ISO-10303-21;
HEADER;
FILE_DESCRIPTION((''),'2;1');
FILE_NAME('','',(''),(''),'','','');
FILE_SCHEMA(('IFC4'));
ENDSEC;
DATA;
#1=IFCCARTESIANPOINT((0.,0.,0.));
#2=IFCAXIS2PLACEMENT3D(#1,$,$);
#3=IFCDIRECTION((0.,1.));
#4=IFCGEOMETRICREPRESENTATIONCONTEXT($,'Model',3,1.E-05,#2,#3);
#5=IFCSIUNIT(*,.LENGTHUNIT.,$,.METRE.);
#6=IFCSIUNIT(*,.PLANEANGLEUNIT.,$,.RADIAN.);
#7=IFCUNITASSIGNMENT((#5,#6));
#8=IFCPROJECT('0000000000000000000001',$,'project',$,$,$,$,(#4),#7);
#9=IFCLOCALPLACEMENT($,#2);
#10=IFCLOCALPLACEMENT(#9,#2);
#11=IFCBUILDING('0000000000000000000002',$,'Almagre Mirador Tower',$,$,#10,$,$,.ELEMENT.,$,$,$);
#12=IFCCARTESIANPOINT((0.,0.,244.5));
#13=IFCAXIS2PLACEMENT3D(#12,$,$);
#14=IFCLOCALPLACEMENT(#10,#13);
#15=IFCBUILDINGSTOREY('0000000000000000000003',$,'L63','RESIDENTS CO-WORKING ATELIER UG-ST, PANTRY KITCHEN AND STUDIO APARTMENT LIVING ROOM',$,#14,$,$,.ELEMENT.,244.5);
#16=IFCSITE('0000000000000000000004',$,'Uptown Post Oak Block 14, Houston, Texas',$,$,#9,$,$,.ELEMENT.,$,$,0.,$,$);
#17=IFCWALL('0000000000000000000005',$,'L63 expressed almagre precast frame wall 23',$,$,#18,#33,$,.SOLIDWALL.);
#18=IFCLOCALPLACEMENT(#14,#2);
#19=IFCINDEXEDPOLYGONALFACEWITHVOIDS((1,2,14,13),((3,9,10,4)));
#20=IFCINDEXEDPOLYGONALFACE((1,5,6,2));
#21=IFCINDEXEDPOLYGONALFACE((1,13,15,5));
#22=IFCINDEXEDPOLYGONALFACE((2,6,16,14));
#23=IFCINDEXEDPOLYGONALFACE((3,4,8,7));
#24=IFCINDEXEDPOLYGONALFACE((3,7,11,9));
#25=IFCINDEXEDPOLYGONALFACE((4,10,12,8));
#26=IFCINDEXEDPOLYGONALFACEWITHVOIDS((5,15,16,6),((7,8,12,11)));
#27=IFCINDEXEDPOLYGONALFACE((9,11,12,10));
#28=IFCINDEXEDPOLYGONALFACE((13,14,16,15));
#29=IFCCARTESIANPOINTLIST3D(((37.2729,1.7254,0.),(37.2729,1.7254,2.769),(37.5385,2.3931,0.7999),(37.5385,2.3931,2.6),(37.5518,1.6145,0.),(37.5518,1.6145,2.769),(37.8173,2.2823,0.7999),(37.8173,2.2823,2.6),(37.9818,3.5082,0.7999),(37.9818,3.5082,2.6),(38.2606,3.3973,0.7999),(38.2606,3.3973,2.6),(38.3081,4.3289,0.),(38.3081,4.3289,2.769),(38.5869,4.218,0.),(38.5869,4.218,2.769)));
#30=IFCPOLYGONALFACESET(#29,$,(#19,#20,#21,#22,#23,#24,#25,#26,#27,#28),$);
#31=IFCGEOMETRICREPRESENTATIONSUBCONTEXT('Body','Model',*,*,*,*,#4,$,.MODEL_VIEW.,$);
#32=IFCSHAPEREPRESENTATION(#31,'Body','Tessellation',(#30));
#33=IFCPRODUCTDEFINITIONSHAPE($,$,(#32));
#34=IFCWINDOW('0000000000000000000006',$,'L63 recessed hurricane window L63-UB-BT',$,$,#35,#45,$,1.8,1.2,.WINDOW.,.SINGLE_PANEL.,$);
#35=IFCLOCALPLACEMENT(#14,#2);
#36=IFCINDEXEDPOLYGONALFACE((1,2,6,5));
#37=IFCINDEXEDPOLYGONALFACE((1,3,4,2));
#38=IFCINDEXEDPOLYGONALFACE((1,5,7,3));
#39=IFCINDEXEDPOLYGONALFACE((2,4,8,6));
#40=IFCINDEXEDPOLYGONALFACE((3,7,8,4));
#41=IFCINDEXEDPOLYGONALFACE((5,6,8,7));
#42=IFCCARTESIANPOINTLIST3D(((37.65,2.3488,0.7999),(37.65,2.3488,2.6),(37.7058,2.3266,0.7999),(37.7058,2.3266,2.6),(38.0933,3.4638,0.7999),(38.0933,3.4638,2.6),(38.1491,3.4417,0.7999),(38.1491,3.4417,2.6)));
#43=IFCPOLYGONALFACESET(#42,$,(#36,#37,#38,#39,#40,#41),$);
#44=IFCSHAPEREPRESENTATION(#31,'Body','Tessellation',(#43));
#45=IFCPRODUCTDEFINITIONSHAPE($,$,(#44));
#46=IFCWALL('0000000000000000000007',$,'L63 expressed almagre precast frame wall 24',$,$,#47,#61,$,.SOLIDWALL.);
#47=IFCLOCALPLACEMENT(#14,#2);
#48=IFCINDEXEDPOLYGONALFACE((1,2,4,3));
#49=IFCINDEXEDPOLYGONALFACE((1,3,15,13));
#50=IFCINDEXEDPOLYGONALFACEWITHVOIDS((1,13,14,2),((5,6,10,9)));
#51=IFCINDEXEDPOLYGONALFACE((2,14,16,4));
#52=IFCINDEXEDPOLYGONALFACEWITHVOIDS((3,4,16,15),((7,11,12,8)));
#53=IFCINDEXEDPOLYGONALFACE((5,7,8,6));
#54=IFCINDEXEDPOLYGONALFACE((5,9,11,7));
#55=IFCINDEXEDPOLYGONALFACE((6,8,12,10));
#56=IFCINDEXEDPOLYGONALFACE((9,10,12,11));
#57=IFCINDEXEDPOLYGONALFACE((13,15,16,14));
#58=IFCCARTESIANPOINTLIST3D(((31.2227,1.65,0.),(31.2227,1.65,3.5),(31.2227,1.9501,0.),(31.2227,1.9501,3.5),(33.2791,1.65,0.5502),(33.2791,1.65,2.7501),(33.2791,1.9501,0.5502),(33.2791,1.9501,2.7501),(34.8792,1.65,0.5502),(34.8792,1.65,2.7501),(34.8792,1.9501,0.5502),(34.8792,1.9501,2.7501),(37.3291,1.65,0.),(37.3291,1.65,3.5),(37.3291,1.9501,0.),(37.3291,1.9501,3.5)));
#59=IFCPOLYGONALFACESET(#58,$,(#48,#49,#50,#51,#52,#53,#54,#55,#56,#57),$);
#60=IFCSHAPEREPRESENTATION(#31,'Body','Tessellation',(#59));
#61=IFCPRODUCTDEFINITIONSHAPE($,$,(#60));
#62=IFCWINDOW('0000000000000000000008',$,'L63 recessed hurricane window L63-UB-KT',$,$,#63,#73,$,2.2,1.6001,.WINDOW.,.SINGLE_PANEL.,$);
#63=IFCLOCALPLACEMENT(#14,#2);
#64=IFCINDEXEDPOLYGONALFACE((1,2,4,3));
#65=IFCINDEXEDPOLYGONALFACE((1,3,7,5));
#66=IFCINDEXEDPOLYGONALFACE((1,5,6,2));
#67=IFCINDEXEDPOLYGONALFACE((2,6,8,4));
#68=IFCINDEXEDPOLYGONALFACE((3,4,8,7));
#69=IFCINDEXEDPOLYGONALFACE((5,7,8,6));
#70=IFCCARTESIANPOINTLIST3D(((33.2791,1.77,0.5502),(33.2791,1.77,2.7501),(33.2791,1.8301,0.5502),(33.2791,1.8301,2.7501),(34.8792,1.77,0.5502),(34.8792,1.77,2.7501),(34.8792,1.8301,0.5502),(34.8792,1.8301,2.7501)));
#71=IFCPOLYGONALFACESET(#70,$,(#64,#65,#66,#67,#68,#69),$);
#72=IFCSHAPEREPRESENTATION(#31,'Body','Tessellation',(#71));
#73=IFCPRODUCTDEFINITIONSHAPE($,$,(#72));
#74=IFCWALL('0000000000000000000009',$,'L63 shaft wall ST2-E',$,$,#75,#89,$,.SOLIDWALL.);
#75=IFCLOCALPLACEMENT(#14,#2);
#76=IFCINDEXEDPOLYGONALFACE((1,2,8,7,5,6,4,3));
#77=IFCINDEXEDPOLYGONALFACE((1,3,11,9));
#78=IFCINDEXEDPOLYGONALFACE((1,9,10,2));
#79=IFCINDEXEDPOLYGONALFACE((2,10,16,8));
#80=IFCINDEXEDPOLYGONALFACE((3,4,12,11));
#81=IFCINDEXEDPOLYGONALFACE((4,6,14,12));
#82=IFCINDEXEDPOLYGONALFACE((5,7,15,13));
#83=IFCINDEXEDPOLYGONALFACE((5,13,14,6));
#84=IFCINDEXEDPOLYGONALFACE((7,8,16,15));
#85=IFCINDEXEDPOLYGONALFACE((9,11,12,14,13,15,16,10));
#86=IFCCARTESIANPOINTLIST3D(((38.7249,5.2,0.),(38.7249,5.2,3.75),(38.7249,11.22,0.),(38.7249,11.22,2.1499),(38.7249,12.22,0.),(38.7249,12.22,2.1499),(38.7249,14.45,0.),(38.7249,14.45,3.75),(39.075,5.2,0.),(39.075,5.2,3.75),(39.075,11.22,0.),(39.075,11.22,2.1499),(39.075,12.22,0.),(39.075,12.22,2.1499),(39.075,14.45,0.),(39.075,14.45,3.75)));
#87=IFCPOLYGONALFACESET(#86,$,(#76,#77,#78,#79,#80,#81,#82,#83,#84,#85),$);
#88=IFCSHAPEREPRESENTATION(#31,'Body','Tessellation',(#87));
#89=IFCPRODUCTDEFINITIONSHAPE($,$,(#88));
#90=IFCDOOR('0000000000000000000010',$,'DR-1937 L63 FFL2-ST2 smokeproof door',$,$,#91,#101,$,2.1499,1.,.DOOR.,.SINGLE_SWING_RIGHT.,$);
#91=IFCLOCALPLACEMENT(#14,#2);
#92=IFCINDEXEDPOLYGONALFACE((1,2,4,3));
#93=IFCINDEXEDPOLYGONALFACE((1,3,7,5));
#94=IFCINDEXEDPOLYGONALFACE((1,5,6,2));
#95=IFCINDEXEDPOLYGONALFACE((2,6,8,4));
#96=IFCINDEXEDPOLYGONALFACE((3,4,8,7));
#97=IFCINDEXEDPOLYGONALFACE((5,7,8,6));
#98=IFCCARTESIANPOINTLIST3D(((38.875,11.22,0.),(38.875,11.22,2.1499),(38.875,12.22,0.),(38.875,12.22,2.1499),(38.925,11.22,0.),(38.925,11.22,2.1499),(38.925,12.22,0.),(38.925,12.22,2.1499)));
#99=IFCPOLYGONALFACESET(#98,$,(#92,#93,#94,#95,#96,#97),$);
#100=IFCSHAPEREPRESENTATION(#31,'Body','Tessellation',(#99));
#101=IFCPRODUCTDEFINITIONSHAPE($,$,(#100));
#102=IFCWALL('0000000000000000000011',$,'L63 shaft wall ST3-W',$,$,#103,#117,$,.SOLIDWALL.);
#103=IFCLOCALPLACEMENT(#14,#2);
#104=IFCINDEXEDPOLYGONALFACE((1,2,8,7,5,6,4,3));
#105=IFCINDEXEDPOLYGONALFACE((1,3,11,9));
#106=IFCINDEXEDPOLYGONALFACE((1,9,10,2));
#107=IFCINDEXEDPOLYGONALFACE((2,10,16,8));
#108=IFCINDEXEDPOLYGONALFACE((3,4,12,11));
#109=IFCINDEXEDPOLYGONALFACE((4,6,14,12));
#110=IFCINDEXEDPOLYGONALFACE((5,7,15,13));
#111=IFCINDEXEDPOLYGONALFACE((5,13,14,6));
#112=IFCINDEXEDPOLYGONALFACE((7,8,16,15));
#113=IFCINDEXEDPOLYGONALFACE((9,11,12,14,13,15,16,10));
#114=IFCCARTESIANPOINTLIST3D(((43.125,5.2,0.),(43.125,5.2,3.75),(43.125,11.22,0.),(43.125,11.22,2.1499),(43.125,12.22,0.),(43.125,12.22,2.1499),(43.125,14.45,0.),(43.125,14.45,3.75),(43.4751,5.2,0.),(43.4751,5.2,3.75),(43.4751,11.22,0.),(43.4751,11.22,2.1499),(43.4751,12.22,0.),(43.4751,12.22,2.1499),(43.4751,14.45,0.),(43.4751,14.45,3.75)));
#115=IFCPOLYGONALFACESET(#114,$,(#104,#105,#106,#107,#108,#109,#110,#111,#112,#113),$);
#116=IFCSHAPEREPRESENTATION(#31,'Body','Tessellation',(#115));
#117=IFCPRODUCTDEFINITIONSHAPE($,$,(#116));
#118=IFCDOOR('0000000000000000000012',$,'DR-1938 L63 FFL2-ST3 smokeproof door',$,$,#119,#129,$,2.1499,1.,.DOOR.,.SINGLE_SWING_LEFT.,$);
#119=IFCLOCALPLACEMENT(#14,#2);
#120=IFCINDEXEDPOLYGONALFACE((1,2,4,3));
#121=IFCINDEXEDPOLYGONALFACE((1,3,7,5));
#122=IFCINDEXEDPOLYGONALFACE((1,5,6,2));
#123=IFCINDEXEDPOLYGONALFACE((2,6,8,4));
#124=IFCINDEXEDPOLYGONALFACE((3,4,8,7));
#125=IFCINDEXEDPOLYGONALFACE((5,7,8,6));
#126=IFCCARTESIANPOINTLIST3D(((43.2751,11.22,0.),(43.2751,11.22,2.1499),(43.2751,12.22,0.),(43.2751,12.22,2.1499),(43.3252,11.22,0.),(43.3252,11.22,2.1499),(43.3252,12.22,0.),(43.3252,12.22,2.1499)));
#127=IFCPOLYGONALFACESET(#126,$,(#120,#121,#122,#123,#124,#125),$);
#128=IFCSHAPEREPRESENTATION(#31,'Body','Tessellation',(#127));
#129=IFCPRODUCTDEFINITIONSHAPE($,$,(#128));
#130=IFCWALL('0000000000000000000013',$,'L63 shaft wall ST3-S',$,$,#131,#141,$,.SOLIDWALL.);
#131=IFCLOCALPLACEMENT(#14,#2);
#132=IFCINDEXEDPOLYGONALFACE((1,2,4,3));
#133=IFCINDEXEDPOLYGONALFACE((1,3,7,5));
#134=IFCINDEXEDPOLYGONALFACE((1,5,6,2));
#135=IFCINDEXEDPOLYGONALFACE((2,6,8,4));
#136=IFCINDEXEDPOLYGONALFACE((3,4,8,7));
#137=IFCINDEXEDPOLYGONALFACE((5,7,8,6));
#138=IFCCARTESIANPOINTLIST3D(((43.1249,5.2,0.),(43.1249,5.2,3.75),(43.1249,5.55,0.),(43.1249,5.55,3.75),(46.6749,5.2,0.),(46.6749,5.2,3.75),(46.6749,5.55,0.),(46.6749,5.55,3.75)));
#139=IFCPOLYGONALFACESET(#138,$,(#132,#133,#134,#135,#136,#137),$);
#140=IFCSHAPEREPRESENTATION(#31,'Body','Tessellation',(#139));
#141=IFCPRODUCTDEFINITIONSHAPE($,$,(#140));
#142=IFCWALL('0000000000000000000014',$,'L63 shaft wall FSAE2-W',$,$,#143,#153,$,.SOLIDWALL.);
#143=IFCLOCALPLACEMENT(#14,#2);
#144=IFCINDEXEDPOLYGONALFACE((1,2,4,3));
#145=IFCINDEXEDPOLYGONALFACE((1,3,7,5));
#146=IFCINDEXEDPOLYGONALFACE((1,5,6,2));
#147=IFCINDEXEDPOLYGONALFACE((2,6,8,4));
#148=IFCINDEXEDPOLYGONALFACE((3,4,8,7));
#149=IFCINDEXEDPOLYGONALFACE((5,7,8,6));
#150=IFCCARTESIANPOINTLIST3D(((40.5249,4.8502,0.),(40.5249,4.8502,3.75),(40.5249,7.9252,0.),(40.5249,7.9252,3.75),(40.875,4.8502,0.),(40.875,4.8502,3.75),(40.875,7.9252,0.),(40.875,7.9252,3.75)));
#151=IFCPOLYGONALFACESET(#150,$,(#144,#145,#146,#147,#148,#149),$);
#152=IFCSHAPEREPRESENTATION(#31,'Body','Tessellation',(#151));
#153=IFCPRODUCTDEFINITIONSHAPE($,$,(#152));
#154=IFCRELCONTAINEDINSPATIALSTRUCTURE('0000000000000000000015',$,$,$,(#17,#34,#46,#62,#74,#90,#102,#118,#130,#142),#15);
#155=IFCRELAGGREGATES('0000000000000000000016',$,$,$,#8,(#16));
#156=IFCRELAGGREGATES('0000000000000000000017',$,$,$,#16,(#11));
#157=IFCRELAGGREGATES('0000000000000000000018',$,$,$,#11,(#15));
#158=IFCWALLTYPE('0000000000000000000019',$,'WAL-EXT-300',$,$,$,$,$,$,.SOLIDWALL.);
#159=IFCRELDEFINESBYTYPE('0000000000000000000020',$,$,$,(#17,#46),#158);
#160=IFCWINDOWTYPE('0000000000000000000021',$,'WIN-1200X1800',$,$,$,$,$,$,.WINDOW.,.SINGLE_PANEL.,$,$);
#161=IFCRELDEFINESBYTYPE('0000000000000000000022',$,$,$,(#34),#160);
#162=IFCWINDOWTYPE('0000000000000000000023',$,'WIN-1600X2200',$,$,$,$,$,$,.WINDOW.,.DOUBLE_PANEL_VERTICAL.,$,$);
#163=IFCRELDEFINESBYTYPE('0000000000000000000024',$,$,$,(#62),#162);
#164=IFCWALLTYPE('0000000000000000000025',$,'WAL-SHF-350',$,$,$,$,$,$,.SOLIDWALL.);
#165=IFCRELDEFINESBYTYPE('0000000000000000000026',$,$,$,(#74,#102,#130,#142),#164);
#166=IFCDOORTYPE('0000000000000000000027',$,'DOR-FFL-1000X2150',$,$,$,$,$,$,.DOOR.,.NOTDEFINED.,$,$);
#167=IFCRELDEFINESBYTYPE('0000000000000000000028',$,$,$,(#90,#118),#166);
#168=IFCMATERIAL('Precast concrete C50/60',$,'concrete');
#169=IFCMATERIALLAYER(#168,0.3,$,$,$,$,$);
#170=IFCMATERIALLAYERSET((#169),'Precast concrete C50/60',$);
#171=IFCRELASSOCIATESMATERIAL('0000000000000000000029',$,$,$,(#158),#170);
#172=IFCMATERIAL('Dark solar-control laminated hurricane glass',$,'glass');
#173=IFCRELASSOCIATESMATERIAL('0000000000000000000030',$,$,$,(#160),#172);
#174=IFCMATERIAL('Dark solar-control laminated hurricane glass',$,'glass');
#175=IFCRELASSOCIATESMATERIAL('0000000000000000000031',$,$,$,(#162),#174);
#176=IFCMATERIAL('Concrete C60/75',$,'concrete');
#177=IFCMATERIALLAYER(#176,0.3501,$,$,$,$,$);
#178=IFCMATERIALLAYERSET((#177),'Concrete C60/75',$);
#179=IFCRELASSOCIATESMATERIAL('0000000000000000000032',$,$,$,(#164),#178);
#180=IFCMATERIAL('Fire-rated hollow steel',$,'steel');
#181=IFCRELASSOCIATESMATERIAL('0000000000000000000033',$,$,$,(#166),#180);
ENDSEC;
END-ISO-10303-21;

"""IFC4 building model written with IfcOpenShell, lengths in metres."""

from ifc_helpers import new_model, si_unit, direction, frame, frame_2d, origin, place, context, subcontext, project, spatial, rectangle, extrude, material, layer, layer_set, type_object, element, fill, save


model = new_model("IFC4")

# Units and contexts
model_context = context("Model", 3, precision=1e-05, world=origin(), true_north=direction((0.0, 1.0)))
body_context = subcontext(model_context, "Body", "Model", "MODEL_VIEW")
ifc_project = project(units=[si_unit("LENGTHUNIT", "METRE"), si_unit("PLANEANGLEUNIT", "RADIAN")], contexts=[model_context])

# Site, building, storey
site_placement = place(None, origin())
site = spatial("IfcSite", under=ifc_project, at=site_placement, Name="Uptown Post Oak Block 14, Houston, Texas", CompositionType="ELEMENT", RefElevation=0.0)
building_placement = place(site_placement, origin())
building = spatial("IfcBuilding", under=site, at=building_placement, Name="Almagre Mirador Tower", CompositionType="ELEMENT")
storey_placement = place(building_placement, frame((0.0, 0.0, 244.5)))
storey = spatial("IfcBuildingStorey", under=building, at=storey_placement, Name="L63", Description="RESIDENTS CO-WORKING ATELIER UG-ST, PANTRY KITCHEN AND STUDIO APARTMENT LIVING ROOM", CompositionType="ELEMENT", Elevation=244.5)

# Walls, openings, windows
ifc_material_1 = material(Name="Precast concrete C50/60", Category="concrete")
ifc_layer_1 = layer(ifc_material_1, 0.3)
ifc_layer_set_1 = layer_set([ifc_layer_1], Name="Precast concrete C50/60")
wall_type_1 = type_object("IfcWallType", Name="WAL-EXT-300", PredefinedType="SOLIDWALL", material=ifc_layer_set_1)
ifc_material_2 = material(Name="Dark solar-control laminated hurricane glass", Category="glass")
window_type_1 = type_object("IfcWindowType", Name="WIN-1200X1800", PartitioningType="SINGLE_PANEL", PredefinedType="WINDOW", material=ifc_material_2)
wall_1_placement = place(storey_placement, frame((38.4475, 4.2734, 0.0), z_axis=(0.0, 0.0, 1.0), x_axis=(-0.369467, -0.929244, 0.0)))
wall_1 = element("IfcWall", 1, at=wall_1_placement, inside=storey, type_object=wall_type_1, Name="L63 expressed almagre precast frame wall 23", PredefinedType="SOLIDWALL", context=body_context, shape_type="SweptSolid", body=[
    extrude(rectangle(XDim=2.8018, YDim=0.3, at=frame_2d((1.4009, 0.0))), origin(), (0.0, 0.0, 1.0), 2.769),
])
opening_1_placement = place(wall_1_placement, frame((0.8831, 0.0, 0.8)))
opening_1 = element("IfcOpeningElement", 2, at=opening_1_placement, cuts=wall_1, PredefinedType="OPENING", context=body_context, shape_type="SweptSolid", body=[
    extrude(rectangle(XDim=1.2, YDim=1.8, at=frame_2d((0.6001, 0.8999))), frame((0.0, 0.1599, 0.0), z_axis=(0.0, -1.0, 0.0), x_axis=(1.0, 0.0, 0.0)), (0.0, 0.0, 1.0), 0.32),
])
window_1_placement = place(opening_1_placement, origin())
window_1 = element("IfcWindow", 3, at=window_1_placement, inside=storey, type_object=window_type_1, Name="L63 recessed hurricane window L63-UB-BT", OverallHeight=1.8, OverallWidth=1.2, PartitioningType="SINGLE_PANEL", PredefinedType="WINDOW", context=body_context, shape_type="SweptSolid", body=[
    extrude(rectangle(XDim=1.2, YDim=1.8, at=frame_2d((0.6001, 0.8999))), frame((0.0, 0.03, 0.0), z_axis=(0.0, -1.0, 0.0), x_axis=(1.0, 0.0, 0.0)), (0.0, 0.0, 1.0), 0.0601),
])
fill(opening_1, window_1)
wall_2_placement = place(storey_placement, frame((37.3291, 1.8, 0.0), z_axis=(0.0, 0.0, 1.0), x_axis=(-1.0, 0.0, 0.0)))
wall_2 = element("IfcWall", 4, at=wall_2_placement, inside=storey, type_object=wall_type_1, Name="L63 expressed almagre precast frame wall 24", PredefinedType="SOLIDWALL", context=body_context, shape_type="SweptSolid", body=[
    extrude(rectangle(XDim=6.1064, YDim=0.3, at=frame_2d((3.0532, 0.0))), origin(), (0.0, 0.0, 1.0), 3.5),
])
opening_2_placement = place(wall_2_placement, frame((2.45, 0.0, 0.55)))
opening_2 = element("IfcOpeningElement", 5, at=opening_2_placement, cuts=wall_2, PredefinedType="OPENING", context=body_context, shape_type="SweptSolid", body=[
    extrude(rectangle(XDim=1.6001, YDim=2.2, at=frame_2d((0.8, 1.1001))), frame((0.0, 0.1599, 0.0), z_axis=(0.0, -1.0, 0.0), x_axis=(1.0, 0.0, 0.0)), (0.0, 0.0, 1.0), 0.32),
])
ifc_material_3 = material(Name="Dark solar-control laminated hurricane glass", Category="glass")
window_type_2 = type_object("IfcWindowType", Name="WIN-1600X2200", PartitioningType="DOUBLE_PANEL_VERTICAL", PredefinedType="WINDOW", material=ifc_material_3)
window_2_placement = place(opening_2_placement, origin())
window_2 = element("IfcWindow", 6, at=window_2_placement, inside=storey, type_object=window_type_2, Name="L63 recessed hurricane window L63-UB-KT", OverallHeight=2.2, OverallWidth=1.6001, PartitioningType="SINGLE_PANEL", PredefinedType="WINDOW", context=body_context, shape_type="SweptSolid", body=[
    extrude(rectangle(XDim=1.6001, YDim=2.2, at=frame_2d((0.8, 1.1001))), frame((0.0, 0.03, 0.0), z_axis=(0.0, -1.0, 0.0), x_axis=(1.0, 0.0, 0.0)), (0.0, 0.0, 1.0), 0.0601),
])
fill(opening_2, window_2)

# Walls, openings, doors
ifc_material_4 = material(Name="Concrete C60/75", Category="concrete")
ifc_layer_2 = layer(ifc_material_4, 0.3501)
ifc_layer_set_2 = layer_set([ifc_layer_2], Name="Concrete C60/75")
wall_type_2 = type_object("IfcWallType", Name="WAL-SHF-350", PredefinedType="SOLIDWALL", material=ifc_layer_set_2)
wall_3_placement = place(storey_placement, frame((38.8999, 5.2, 0.0), z_axis=(0.0, 0.0, 1.0), x_axis=(0.0, 1.0, 0.0)))
wall_3 = element("IfcWall", 7, at=wall_3_placement, inside=storey, type_object=wall_type_2, Name="L63 shaft wall ST2-E", PredefinedType="SOLIDWALL", context=body_context, shape_type="SweptSolid", body=[
    extrude(rectangle(XDim=9.25, YDim=0.3501, at=frame_2d((4.625, 0.0))), origin(), (0.0, 0.0, 1.0), 3.75),
])
opening_3_placement = place(wall_3_placement, frame((6.02, 0.0, 0.0)))
opening_3 = element("IfcOpeningElement", 8, at=opening_3_placement, cuts=wall_3, PredefinedType="OPENING", context=body_context, shape_type="SweptSolid", body=[
    extrude(rectangle(XDim=1.0, YDim=2.1499, at=frame_2d((0.5, 1.075))), frame((0.0, 0.185, 0.0), z_axis=(0.0, -1.0, 0.0), x_axis=(1.0, 0.0, 0.0)), (0.0, 0.0, 1.0), 0.3701),
])
ifc_material_5 = material(Name="Fire-rated hollow steel", Category="steel")
door_type = type_object("IfcDoorType", Name="DOR-FFL-1000X2150", OperationType="NOTDEFINED", PredefinedType="DOOR", material=ifc_material_5)
door_1_placement = place(opening_3_placement, origin())
door_1 = element("IfcDoor", 9, at=door_1_placement, inside=storey, type_object=door_type, Name="DR-1937 L63 FFL2-ST2 smokeproof door", OperationType="SINGLE_SWING_RIGHT", OverallHeight=2.1499, OverallWidth=1.0, PredefinedType="DOOR", context=body_context, shape_type="SweptSolid", body=[
    extrude(rectangle(XDim=1.0, YDim=2.1499, at=frame_2d((0.5, 1.075))), frame((0.0, 0.0249, 0.0), z_axis=(0.0, -1.0, 0.0), x_axis=(1.0, 0.0, 0.0)), (0.0, 0.0, 1.0), 0.05),
])
fill(opening_3, door_1)
wall_4_placement = place(storey_placement, frame((43.3, 5.2, 0.0), z_axis=(0.0, 0.0, 1.0), x_axis=(0.0, 1.0, 0.0)))
wall_4 = element("IfcWall", 10, at=wall_4_placement, inside=storey, type_object=wall_type_2, Name="L63 shaft wall ST3-W", PredefinedType="SOLIDWALL", context=body_context, shape_type="SweptSolid", body=[
    extrude(rectangle(XDim=9.25, YDim=0.3501, at=frame_2d((4.625, 0.0))), origin(), (0.0, 0.0, 1.0), 3.75),
])
opening_4_placement = place(wall_4_placement, frame((6.02, 0.0, 0.0)))
opening_4 = element("IfcOpeningElement", 11, at=opening_4_placement, cuts=wall_4, PredefinedType="OPENING", context=body_context, shape_type="SweptSolid", body=[
    extrude(rectangle(XDim=1.0, YDim=2.1499, at=frame_2d((0.5, 1.075))), frame((0.0, 0.185, 0.0), z_axis=(0.0, -1.0, 0.0), x_axis=(1.0, 0.0, 0.0)), (0.0, 0.0, 1.0), 0.3701),
])
door_2_placement = place(opening_4_placement, origin())
door_2 = element("IfcDoor", 12, at=door_2_placement, inside=storey, type_object=door_type, Name="DR-1938 L63 FFL2-ST3 smokeproof door", OperationType="SINGLE_SWING_LEFT", OverallHeight=2.1499, OverallWidth=1.0, PredefinedType="DOOR", context=body_context, shape_type="SweptSolid", body=[
    extrude(rectangle(XDim=1.0, YDim=2.1499, at=frame_2d((0.5, 1.075))), frame((0.0, 0.0249, 0.0), z_axis=(0.0, -1.0, 0.0), x_axis=(1.0, 0.0, 0.0)), (0.0, 0.0, 1.0), 0.05),
])
fill(opening_4, door_2)

# Walls
wall_5_placement = place(storey_placement, frame((43.125, 5.375, 0.0), z_axis=(0.0, 0.0, 1.0), x_axis=(1.0, 0.0, 0.0)))
element("IfcWall", 13, at=wall_5_placement, inside=storey, type_object=wall_type_2, Name="L63 shaft wall ST3-S", PredefinedType="SOLIDWALL", context=body_context, shape_type="SweptSolid", body=[
    extrude(rectangle(XDim=3.55, YDim=0.3501, at=frame_2d((1.7749, 0.0))), origin(), (0.0, 0.0, 1.0), 3.75),
])
wall_6_placement = place(storey_placement, frame((40.7, 4.8501, 0.0), z_axis=(0.0, 0.0, 1.0), x_axis=(0.0, 1.0, 0.0)))
element("IfcWall", 14, at=wall_6_placement, inside=storey, type_object=wall_type_2, Name="L63 shaft wall FSAE2-W", PredefinedType="SOLIDWALL", context=body_context, shape_type="SweptSolid", body=[
    extrude(rectangle(XDim=3.075, YDim=0.3501, at=frame_2d((1.5376, 0.0))), origin(), (0.0, 0.0, 1.0), 3.75),
])

save(model, "model.ifc")
